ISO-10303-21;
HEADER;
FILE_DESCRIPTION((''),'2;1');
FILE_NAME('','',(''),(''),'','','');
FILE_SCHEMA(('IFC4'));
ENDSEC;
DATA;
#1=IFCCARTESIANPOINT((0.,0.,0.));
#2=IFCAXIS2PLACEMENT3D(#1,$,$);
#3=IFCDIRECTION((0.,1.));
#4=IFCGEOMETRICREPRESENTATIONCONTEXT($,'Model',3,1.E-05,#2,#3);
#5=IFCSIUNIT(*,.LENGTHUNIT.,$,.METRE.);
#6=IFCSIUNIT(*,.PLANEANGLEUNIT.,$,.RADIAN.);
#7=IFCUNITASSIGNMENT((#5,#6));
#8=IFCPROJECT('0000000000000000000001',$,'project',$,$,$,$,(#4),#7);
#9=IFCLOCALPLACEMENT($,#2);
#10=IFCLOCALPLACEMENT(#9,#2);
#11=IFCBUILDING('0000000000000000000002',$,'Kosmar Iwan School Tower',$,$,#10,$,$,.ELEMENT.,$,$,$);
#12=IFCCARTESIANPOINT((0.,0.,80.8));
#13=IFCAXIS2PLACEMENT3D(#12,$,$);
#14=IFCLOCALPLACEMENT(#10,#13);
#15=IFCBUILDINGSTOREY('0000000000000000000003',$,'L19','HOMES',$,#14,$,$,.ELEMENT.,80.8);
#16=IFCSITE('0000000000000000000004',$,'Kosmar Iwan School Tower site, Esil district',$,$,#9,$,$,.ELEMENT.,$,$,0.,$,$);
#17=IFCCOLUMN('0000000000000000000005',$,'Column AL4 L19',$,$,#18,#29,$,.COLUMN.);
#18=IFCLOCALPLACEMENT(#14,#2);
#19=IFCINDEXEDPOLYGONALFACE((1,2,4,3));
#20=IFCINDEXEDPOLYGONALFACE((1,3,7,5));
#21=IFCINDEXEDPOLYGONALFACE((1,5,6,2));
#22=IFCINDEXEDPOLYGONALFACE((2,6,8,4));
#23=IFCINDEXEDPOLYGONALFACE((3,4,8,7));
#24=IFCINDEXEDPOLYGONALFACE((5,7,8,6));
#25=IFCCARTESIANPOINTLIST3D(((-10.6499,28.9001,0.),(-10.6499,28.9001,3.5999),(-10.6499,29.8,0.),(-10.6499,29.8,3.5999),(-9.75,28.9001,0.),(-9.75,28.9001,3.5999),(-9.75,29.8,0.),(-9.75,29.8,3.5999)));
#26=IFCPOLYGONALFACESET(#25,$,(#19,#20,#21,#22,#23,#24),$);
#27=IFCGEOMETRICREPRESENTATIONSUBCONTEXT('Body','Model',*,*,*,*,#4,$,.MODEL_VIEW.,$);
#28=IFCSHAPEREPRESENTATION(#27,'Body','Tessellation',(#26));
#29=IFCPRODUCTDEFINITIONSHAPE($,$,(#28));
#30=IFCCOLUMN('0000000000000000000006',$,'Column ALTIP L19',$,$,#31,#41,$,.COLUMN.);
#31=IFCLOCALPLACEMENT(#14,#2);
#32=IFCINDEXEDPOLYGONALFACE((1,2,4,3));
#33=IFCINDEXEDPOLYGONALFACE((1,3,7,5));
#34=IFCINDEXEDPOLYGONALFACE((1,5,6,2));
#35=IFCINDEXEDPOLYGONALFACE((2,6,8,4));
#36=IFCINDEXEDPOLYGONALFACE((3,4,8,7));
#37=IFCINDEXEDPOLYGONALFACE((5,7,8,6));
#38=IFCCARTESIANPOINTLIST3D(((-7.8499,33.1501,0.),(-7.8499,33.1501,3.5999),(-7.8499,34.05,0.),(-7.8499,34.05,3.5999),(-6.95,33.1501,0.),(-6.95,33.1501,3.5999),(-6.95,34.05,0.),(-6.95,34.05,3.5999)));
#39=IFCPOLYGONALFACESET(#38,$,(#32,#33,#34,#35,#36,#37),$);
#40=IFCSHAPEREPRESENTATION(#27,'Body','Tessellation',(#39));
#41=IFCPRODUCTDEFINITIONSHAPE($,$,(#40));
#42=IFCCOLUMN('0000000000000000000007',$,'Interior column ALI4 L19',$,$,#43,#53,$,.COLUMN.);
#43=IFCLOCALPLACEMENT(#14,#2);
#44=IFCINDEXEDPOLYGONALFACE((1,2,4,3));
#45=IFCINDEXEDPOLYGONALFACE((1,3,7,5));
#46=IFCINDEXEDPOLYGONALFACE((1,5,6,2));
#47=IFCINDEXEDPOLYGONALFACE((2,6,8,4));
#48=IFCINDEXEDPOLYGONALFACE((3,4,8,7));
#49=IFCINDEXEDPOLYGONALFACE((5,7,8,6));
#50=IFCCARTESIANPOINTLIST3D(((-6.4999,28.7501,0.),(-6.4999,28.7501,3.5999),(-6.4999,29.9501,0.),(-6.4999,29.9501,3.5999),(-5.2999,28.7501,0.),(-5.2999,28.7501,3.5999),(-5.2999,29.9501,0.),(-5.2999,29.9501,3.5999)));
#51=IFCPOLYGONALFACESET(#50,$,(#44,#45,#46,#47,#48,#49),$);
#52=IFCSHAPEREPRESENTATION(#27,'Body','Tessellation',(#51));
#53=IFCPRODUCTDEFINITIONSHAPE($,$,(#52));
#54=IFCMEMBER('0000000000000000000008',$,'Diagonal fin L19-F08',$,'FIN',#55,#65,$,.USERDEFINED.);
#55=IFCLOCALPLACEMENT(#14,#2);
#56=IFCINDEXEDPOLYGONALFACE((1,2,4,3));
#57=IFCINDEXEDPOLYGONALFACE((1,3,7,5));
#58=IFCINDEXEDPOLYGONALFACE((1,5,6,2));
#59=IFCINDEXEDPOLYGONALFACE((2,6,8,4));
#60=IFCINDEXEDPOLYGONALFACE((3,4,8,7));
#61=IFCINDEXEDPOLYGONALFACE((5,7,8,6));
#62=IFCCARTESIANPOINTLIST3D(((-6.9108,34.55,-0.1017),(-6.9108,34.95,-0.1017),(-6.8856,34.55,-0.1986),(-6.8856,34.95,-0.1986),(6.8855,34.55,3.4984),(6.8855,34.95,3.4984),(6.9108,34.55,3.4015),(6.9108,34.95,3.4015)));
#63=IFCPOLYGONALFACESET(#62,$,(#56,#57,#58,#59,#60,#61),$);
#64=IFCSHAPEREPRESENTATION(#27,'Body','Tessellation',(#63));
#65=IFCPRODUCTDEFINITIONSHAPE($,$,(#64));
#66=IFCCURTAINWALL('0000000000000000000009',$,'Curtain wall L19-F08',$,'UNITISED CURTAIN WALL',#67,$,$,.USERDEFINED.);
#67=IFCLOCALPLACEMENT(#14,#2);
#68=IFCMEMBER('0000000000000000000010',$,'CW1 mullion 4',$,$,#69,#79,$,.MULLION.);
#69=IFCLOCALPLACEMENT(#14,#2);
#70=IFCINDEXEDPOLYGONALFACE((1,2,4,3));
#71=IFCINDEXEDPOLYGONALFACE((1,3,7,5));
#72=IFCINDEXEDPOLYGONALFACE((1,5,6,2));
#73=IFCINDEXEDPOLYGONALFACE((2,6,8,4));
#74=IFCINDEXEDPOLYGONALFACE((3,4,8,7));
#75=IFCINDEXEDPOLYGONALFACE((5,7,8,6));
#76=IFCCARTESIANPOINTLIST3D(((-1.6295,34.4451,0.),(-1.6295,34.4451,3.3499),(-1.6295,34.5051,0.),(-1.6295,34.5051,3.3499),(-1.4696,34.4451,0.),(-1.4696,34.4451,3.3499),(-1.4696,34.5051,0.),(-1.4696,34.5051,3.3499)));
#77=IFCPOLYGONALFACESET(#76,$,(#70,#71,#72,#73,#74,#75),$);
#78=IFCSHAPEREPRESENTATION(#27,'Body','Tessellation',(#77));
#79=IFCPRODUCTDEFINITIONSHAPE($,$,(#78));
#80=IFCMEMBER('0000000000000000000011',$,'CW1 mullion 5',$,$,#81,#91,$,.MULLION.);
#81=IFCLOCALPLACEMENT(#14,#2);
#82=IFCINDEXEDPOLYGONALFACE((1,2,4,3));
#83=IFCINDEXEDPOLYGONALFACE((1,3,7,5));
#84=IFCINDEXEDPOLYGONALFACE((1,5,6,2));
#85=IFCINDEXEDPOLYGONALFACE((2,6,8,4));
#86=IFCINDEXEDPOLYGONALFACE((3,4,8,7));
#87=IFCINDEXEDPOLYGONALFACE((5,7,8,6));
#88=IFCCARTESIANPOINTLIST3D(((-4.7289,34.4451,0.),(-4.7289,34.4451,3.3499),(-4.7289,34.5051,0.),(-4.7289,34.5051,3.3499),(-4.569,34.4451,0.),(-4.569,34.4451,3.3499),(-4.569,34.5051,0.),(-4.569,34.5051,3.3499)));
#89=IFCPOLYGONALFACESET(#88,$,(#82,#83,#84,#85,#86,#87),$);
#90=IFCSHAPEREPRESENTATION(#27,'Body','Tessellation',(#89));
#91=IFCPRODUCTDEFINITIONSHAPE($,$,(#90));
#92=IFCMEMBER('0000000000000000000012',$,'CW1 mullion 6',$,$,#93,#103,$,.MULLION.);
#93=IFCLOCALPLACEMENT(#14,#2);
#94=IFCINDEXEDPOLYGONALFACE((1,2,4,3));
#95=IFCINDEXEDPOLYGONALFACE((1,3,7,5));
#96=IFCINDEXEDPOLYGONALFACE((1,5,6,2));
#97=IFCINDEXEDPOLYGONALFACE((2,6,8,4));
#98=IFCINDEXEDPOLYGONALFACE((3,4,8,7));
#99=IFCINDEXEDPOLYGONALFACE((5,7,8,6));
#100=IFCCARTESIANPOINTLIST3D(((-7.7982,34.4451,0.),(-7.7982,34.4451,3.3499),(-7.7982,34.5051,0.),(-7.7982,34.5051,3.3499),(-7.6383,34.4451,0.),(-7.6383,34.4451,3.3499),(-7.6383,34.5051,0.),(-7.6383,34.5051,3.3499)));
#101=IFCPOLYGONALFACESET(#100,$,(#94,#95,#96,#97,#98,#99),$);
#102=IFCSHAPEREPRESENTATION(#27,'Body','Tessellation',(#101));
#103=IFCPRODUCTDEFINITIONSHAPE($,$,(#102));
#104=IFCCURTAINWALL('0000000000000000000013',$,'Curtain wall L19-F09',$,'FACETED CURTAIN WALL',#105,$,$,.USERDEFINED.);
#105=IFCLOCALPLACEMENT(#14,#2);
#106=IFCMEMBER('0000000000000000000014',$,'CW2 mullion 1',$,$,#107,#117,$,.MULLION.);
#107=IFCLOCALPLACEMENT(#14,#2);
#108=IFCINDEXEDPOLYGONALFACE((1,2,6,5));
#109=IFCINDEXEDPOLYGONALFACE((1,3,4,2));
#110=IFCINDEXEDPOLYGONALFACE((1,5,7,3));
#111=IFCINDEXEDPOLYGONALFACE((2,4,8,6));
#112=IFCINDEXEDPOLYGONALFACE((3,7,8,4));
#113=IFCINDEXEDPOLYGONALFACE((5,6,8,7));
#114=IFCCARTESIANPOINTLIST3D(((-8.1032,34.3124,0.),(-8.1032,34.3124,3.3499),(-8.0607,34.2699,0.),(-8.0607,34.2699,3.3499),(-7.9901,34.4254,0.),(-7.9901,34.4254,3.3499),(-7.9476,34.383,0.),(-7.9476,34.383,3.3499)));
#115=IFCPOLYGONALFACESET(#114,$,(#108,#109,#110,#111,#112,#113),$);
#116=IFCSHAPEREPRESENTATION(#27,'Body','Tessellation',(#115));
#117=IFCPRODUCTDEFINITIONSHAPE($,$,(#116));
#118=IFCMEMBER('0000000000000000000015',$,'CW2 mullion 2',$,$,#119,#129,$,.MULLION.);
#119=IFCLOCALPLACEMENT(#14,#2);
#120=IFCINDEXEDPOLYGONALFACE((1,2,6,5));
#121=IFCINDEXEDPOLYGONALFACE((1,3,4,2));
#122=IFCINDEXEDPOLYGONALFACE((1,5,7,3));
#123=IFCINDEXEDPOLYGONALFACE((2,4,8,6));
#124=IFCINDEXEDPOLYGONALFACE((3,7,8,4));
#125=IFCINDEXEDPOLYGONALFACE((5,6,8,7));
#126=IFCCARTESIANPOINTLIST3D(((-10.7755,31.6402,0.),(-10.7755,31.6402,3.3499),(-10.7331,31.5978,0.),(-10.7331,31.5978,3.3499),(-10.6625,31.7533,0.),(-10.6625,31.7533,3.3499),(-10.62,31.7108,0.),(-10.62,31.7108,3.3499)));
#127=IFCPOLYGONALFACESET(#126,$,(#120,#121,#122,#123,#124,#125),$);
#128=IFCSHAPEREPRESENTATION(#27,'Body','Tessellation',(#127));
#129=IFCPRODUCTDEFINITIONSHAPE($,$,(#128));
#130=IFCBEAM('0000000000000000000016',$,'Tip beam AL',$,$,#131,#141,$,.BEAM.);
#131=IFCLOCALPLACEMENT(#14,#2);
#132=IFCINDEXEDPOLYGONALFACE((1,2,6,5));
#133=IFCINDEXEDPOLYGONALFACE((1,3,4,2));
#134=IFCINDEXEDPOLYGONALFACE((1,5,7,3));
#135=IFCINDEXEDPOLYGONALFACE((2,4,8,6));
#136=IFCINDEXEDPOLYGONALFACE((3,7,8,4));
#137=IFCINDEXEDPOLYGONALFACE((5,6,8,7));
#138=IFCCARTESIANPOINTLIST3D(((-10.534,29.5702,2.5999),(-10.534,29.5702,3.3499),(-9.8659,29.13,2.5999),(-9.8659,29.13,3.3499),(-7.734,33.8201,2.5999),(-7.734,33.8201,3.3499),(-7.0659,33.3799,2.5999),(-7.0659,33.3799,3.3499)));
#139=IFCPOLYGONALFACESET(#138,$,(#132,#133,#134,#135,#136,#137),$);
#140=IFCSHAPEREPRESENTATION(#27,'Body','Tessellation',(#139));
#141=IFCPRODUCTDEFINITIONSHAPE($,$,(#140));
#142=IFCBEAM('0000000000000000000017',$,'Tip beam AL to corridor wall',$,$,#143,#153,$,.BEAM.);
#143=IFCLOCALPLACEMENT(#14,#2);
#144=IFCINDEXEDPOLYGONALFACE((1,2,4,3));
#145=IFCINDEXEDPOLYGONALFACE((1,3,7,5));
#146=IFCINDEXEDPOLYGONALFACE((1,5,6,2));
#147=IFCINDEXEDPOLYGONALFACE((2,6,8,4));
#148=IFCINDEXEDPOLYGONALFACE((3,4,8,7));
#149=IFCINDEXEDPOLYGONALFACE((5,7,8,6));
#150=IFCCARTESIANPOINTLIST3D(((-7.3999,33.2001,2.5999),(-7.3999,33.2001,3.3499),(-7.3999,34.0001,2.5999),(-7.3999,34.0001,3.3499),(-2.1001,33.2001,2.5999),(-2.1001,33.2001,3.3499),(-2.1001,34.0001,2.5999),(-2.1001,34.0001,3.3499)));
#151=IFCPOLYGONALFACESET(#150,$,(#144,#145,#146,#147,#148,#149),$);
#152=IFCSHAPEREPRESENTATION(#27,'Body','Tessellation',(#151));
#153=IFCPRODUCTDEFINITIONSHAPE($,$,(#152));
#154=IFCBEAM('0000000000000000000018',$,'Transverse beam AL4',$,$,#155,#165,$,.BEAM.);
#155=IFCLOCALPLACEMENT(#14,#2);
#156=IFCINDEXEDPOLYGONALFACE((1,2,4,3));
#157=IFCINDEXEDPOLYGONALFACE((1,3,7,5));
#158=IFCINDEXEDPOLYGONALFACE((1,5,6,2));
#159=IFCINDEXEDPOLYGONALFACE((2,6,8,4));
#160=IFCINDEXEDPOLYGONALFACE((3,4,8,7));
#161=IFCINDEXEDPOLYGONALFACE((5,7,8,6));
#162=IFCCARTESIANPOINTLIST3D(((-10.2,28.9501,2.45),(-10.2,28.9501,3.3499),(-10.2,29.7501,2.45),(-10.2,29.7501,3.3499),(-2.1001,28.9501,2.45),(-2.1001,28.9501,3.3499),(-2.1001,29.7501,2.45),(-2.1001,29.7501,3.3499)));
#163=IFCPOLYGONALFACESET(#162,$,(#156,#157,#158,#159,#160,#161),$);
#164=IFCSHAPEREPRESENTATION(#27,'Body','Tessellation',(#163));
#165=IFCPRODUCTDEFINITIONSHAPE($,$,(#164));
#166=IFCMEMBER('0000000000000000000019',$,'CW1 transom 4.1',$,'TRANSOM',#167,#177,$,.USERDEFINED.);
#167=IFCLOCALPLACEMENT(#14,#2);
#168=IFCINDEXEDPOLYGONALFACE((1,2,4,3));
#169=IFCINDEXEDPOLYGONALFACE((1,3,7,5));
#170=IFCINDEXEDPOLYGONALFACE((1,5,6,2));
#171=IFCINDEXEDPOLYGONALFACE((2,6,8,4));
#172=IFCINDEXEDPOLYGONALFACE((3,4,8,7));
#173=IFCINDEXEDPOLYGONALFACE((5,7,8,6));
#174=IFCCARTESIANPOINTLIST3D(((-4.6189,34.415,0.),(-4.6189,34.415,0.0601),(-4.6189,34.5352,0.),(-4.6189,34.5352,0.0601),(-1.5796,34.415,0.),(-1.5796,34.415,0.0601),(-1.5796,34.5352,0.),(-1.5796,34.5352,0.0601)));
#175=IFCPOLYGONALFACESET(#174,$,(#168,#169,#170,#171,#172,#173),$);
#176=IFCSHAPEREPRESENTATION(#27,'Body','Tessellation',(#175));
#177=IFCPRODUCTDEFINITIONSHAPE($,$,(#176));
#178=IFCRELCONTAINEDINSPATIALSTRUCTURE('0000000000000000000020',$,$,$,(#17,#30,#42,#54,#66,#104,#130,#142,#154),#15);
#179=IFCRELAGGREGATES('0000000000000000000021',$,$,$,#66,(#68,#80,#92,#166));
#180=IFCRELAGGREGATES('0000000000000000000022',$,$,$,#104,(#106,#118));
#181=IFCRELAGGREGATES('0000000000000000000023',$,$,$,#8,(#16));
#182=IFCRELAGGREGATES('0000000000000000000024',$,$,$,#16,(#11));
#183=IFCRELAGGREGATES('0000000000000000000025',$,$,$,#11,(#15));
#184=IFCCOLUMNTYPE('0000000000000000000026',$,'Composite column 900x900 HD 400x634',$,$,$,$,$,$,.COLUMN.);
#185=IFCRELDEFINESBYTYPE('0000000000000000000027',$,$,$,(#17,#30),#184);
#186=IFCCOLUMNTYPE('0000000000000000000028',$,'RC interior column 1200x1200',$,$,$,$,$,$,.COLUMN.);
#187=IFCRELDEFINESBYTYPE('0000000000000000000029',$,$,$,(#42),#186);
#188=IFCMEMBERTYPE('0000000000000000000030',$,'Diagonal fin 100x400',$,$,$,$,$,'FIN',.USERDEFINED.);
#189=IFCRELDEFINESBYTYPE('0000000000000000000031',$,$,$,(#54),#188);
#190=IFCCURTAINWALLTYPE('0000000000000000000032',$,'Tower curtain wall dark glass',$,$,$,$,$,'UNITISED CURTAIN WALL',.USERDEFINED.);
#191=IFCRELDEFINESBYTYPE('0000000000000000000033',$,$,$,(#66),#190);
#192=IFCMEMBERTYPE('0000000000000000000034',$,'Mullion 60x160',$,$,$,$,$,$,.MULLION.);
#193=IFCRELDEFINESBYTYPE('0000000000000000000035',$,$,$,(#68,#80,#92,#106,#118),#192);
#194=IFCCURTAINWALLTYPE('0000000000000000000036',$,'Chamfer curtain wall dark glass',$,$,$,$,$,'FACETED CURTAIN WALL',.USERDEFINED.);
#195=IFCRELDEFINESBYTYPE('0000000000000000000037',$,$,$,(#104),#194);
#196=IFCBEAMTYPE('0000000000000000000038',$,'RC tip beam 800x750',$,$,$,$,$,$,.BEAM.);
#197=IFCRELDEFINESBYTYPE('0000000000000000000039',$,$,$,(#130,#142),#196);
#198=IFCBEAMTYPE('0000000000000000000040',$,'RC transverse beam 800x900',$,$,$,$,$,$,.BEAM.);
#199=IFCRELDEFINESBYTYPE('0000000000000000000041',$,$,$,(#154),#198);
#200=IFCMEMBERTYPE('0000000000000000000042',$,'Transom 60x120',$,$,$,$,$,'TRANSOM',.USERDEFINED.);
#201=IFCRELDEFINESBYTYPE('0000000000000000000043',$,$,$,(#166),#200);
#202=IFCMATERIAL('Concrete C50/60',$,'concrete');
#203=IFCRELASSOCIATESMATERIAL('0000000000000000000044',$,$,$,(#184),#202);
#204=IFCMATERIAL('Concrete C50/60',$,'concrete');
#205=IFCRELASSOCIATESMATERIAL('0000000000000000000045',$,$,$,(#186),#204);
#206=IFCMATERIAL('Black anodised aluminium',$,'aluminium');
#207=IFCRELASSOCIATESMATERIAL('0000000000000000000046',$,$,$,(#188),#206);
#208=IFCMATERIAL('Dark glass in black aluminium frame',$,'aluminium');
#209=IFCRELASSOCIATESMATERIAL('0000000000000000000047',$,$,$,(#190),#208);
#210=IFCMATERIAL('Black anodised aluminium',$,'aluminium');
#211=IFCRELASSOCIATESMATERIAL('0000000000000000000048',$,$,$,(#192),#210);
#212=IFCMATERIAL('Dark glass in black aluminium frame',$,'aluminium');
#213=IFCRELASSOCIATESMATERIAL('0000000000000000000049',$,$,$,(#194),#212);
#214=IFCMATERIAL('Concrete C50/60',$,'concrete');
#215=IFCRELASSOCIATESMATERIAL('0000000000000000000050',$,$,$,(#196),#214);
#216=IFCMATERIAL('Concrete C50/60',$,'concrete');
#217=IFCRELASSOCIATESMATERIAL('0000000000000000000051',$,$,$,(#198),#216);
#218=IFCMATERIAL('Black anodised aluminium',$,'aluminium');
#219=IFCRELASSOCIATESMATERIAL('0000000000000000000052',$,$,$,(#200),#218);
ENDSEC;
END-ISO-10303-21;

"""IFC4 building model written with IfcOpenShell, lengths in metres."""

from ifc_helpers import new_model, si_unit, direction, frame, origin, origin_2d, place, context, subcontext, project, spatial, rectangle, extrude, material, material_profile, profile_set, type_object, element, aggregate, save


model = new_model("IFC4")

# Units and contexts
model_context = context("Model", 3, precision=1e-05, world=origin(), true_north=direction((0.0, 1.0)))
body_context = subcontext(model_context, "Body", "Model", "MODEL_VIEW")
ifc_project = project(units=[si_unit("LENGTHUNIT", "METRE"), si_unit("PLANEANGLEUNIT", "RADIAN")], contexts=[model_context])

# Site, building, storey
site_placement = place(None, origin())
site = spatial("IfcSite", under=ifc_project, at=site_placement, Name="Kosmar Iwan School Tower site, Esil district", CompositionType="ELEMENT", RefElevation=0.0)
building_placement = place(site_placement, origin())
building = spatial("IfcBuilding", under=site, at=building_placement, Name="Kosmar Iwan School Tower", CompositionType="ELEMENT")
storey_placement = place(building_placement, frame((0.0, 0.0, 80.8)))
storey = spatial("IfcBuildingStorey", under=building, at=storey_placement, Name="L19", Description="HOMES", CompositionType="ELEMENT", Elevation=80.8)

# Columns
ifc_material_1 = material(Name="Concrete C50/60", Category="concrete")
ifc_material_profile_1 = material_profile(ifc_material_1, rectangle(XDim=0.8999, YDim=0.8999, at=origin_2d()), Name="RC 900x900 + HD 400x634")
ifc_profile_set_1 = profile_set([ifc_material_profile_1], Name="Concrete C50/60")
column_type_1 = type_object("IfcColumnType", Name="Composite column 900x900 HD 400x634", PredefinedType="COLUMN", material=ifc_profile_set_1)
for number, where, z_axis, x_axis, name in (
    (1, (-10.2, 29.3501, 0.0), (0.0, 0.0, 1.0), (0.0, 1.0, 0.0), "Column AL4 L19"),
    (2, (-7.3999, 33.6001, 0.0), (0.0, 0.0, 1.0), (0.0, 1.0, 0.0), "Column ALTIP L19"),
):
    element("IfcColumn", number, at=place(storey_placement, frame(where, z_axis=z_axis, x_axis=x_axis)), inside=storey, type_object=column_type_1, Name=name, PredefinedType="COLUMN", context=body_context, shape_type="SweptSolid", body=[
        extrude(rectangle(XDim=0.8999, YDim=0.8999, at=origin_2d()), origin(), (0.0, 0.0, 1.0), 3.5999),
    ])
ifc_material_2 = material(Name="Concrete C50/60", Category="concrete")
ifc_material_profile_2 = material_profile(ifc_material_2, rectangle(XDim=1.2, YDim=1.2, at=origin_2d()), Name="RC 1200x1200")
ifc_profile_set_2 = profile_set([ifc_material_profile_2], Name="Concrete C50/60")
column_type_2 = type_object("IfcColumnType", Name="RC interior column 1200x1200", PredefinedType="COLUMN", material=ifc_profile_set_2)
column_placement = place(storey_placement, frame((-5.8999, 29.3501, 0.0), z_axis=(0.0, 0.0, 1.0), x_axis=(0.0, 1.0, 0.0)))
element("IfcColumn", 3, at=column_placement, inside=storey, type_object=column_type_2, Name="Interior column ALI4 L19", PredefinedType="COLUMN", context=body_context, shape_type="SweptSolid", body=[
    extrude(rectangle(XDim=1.2, YDim=1.2, at=origin_2d()), origin(), (0.0, 0.0, 1.0), 3.5999),
])

# Member
ifc_material_3 = material(Name="Black anodised aluminium", Category="aluminium")
ifc_material_profile_3 = material_profile(ifc_material_3, rectangle(XDim=0.1001, YDim=0.3999, at=origin_2d()), Name="FIN 100x400")
ifc_profile_set_3 = profile_set([ifc_material_profile_3], Name="Black anodised aluminium")
member_type_1 = type_object("IfcMemberType", Name="Diagonal fin 100x400", ElementType="FIN", PredefinedType="USERDEFINED", material=ifc_profile_set_3)
member_1_placement = place(storey_placement, frame((-6.8982, 34.75, -0.1501), z_axis=(0.967599, 0.0, 0.25249), x_axis=(-0.25249, 0.0, 0.967599)))
element("IfcMember", 4, at=member_1_placement, inside=storey, type_object=member_type_1, Name="Diagonal fin L19-F08", ObjectType="FIN", PredefinedType="USERDEFINED", context=body_context, shape_type="SweptSolid", body=[
    extrude(rectangle(XDim=0.1001, YDim=0.3999, at=origin_2d()), origin(), (0.0, 0.0, 1.0), 14.2583),
])

# Curtain walls, members
ifc_material_4 = material(Name="Dark glass in black aluminium frame", Category="aluminium")
curtain_wall_type_1 = type_object("IfcCurtainWallType", Name="Tower curtain wall dark glass", ElementType="UNITISED CURTAIN WALL", PredefinedType="USERDEFINED", material=ifc_material_4)
curtain_wall_1_placement = place(storey_placement, origin())
curtain_wall_1 = element("IfcCurtainWall", 5, at=curtain_wall_1_placement, inside=storey, type_object=curtain_wall_type_1, Name="Curtain wall L19-F08", ObjectType="UNITISED CURTAIN WALL", PredefinedType="USERDEFINED")
ifc_material_5 = material(Name="Black anodised aluminium", Category="aluminium")
ifc_material_profile_4 = material_profile(ifc_material_5, rectangle(XDim=0.0601, YDim=0.1599, at=origin_2d()), Name="MULLION 60x160")
ifc_profile_set_4 = profile_set([ifc_material_profile_4], Name="Black anodised aluminium")
member_type_2 = type_object("IfcMemberType", Name="Mullion 60x160", PredefinedType="MULLION", material=ifc_profile_set_4)
member_2_placement = place(storey_placement, frame((-1.5496, 34.4751, 0.0), z_axis=(0.0, 0.0, 1.0), x_axis=(0.0, -1.0, 0.0)))
member_2 = element("IfcMember", 6, at=member_2_placement, type_object=member_type_2, Name="CW1 mullion 4", PredefinedType="MULLION", context=body_context, shape_type="SweptSolid", body=[
    extrude(rectangle(XDim=0.0601, YDim=0.1599, at=origin_2d()), origin(), (0.0, 0.0, 1.0), 3.3499),
])
member_3_placement = place(storey_placement, frame((-4.6489, 34.4751, 0.0), z_axis=(0.0, 0.0, 1.0), x_axis=(0.0, -1.0, 0.0)))
member_3 = element("IfcMember", 7, at=member_3_placement, type_object=member_type_2, Name="CW1 mullion 5", PredefinedType="MULLION", context=body_context, shape_type="SweptSolid", body=[
    extrude(rectangle(XDim=0.0601, YDim=0.1599, at=origin_2d()), origin(), (0.0, 0.0, 1.0), 3.3499),
])
member_4_placement = place(storey_placement, frame((-7.7183, 34.4751, 0.0), z_axis=(0.0, 0.0, 1.0), x_axis=(0.0, -1.0, 0.0)))
member_4 = element("IfcMember", 8, at=member_4_placement, type_object=member_type_2, Name="CW1 mullion 6", PredefinedType="MULLION", context=body_context, shape_type="SweptSolid", body=[
    extrude(rectangle(XDim=0.0601, YDim=0.1599, at=origin_2d()), origin(), (0.0, 0.0, 1.0), 3.3499),
])
ifc_material_6 = material(Name="Dark glass in black aluminium frame", Category="aluminium")
curtain_wall_type_2 = type_object("IfcCurtainWallType", Name="Chamfer curtain wall dark glass", ElementType="FACETED CURTAIN WALL", PredefinedType="USERDEFINED", material=ifc_material_6)
curtain_wall_2_placement = place(storey_placement, origin())
curtain_wall_2 = element("IfcCurtainWall", 9, at=curtain_wall_2_placement, inside=storey, type_object=curtain_wall_type_2, Name="Curtain wall L19-F09", ObjectType="FACETED CURTAIN WALL", PredefinedType="USERDEFINED")
member_5_placement = place(storey_placement, frame((-8.0254, 34.3477, 0.0), z_axis=(0.0, 0.0, 1.0), x_axis=(0.707107, -0.707107, 0.0)))
member_5 = element("IfcMember", 10, at=member_5_placement, type_object=member_type_2, Name="CW2 mullion 1", PredefinedType="MULLION", context=body_context, shape_type="SweptSolid", body=[
    extrude(rectangle(XDim=0.0601, YDim=0.1599, at=origin_2d()), origin(), (0.0, 0.0, 1.0), 3.3499),
])
member_6_placement = place(storey_placement, frame((-10.6978, 31.6755, 0.0), z_axis=(0.0, 0.0, 1.0), x_axis=(0.707107, -0.707107, 0.0)))
member_6 = element("IfcMember", 11, at=member_6_placement, type_object=member_type_2, Name="CW2 mullion 2", PredefinedType="MULLION", context=body_context, shape_type="SweptSolid", body=[
    extrude(rectangle(XDim=0.0601, YDim=0.1599, at=origin_2d()), origin(), (0.0, 0.0, 1.0), 3.3499),
])

# Beams
ifc_material_7 = material(Name="Concrete C50/60", Category="concrete")
ifc_material_profile_5 = material_profile(ifc_material_7, rectangle(XDim=0.8, YDim=0.75, at=origin_2d()), Name="RC 800x750")
ifc_profile_set_5 = profile_set([ifc_material_profile_5], Name="Concrete C50/60")
beam_type_1 = type_object("IfcBeamType", Name="RC tip beam 800x750", PredefinedType="BEAM", material=ifc_profile_set_5)
beam_1_placement = place(storey_placement, frame((-10.2, 29.3501, 2.9749), z_axis=(0.550164, 0.835056, 0.0), x_axis=(-0.835056, 0.550164, 0.0)))
element("IfcBeam", 12, at=beam_1_placement, inside=storey, type_object=beam_type_1, Name="Tip beam AL", PredefinedType="BEAM", context=body_context, shape_type="SweptSolid", body=[
    extrude(rectangle(XDim=0.8, YDim=0.75, at=origin_2d()), origin(), (0.0, 0.0, 1.0), 5.0894),
])
beam_2_placement = place(storey_placement, frame((-7.3999, 33.6001, 2.9749), z_axis=(1.0, 0.0, 0.0), x_axis=(0.0, 1.0, 0.0)))
element("IfcBeam", 13, at=beam_2_placement, inside=storey, type_object=beam_type_1, Name="Tip beam AL to corridor wall", PredefinedType="BEAM", context=body_context, shape_type="SweptSolid", body=[
    extrude(rectangle(XDim=0.8, YDim=0.75, at=origin_2d()), origin(), (0.0, 0.0, 1.0), 5.2998),
])
ifc_material_8 = material(Name="Concrete C50/60", Category="concrete")
ifc_material_profile_6 = material_profile(ifc_material_8, rectangle(XDim=0.8, YDim=0.8999, at=origin_2d()), Name="RC 800x900")
ifc_profile_set_6 = profile_set([ifc_material_profile_6], Name="Concrete C50/60")
beam_type_2 = type_object("IfcBeamType", Name="RC transverse beam 800x900", PredefinedType="BEAM", material=ifc_profile_set_6)
beam_3_placement = place(storey_placement, frame((-10.2, 29.3501, 2.8999), z_axis=(1.0, 0.0, 0.0), x_axis=(0.0, 1.0, 0.0)))
element("IfcBeam", 14, at=beam_3_placement, inside=storey, type_object=beam_type_2, Name="Transverse beam AL4", PredefinedType="BEAM", context=body_context, shape_type="SweptSolid", body=[
    extrude(rectangle(XDim=0.8, YDim=0.8999, at=origin_2d()), origin(), (0.0, 0.0, 1.0), 8.0999),
])

# Member
ifc_material_9 = material(Name="Black anodised aluminium", Category="aluminium")
ifc_material_profile_7 = material_profile(ifc_material_9, rectangle(XDim=0.1201, YDim=0.0601, at=origin_2d()), Name="TRANSOM 60x120")
ifc_profile_set_7 = profile_set([ifc_material_profile_7], Name="Black anodised aluminium")
member_type_3 = type_object("IfcMemberType", Name="Transom 60x120", ElementType="TRANSOM", PredefinedType="USERDEFINED", material=ifc_profile_set_7)
member_7_placement = place(storey_placement, frame((-1.5796, 34.4751, 0.03), z_axis=(-1.0, 0.0, 0.0), x_axis=(0.0, -1.0, 0.0)))
member_7 = element("IfcMember", 15, at=member_7_placement, type_object=member_type_3, Name="CW1 transom 4.1", ObjectType="TRANSOM", PredefinedType="USERDEFINED", context=body_context, shape_type="SweptSolid", body=[
    extrude(rectangle(XDim=0.1201, YDim=0.0601, at=origin_2d()), origin(), (0.0, 0.0, 1.0), 3.0393),
])

aggregate(curtain_wall_1, [member_2, member_3, member_4, member_7])
aggregate(curtain_wall_2, [member_5, member_6])

save(model, "model.ifc")
